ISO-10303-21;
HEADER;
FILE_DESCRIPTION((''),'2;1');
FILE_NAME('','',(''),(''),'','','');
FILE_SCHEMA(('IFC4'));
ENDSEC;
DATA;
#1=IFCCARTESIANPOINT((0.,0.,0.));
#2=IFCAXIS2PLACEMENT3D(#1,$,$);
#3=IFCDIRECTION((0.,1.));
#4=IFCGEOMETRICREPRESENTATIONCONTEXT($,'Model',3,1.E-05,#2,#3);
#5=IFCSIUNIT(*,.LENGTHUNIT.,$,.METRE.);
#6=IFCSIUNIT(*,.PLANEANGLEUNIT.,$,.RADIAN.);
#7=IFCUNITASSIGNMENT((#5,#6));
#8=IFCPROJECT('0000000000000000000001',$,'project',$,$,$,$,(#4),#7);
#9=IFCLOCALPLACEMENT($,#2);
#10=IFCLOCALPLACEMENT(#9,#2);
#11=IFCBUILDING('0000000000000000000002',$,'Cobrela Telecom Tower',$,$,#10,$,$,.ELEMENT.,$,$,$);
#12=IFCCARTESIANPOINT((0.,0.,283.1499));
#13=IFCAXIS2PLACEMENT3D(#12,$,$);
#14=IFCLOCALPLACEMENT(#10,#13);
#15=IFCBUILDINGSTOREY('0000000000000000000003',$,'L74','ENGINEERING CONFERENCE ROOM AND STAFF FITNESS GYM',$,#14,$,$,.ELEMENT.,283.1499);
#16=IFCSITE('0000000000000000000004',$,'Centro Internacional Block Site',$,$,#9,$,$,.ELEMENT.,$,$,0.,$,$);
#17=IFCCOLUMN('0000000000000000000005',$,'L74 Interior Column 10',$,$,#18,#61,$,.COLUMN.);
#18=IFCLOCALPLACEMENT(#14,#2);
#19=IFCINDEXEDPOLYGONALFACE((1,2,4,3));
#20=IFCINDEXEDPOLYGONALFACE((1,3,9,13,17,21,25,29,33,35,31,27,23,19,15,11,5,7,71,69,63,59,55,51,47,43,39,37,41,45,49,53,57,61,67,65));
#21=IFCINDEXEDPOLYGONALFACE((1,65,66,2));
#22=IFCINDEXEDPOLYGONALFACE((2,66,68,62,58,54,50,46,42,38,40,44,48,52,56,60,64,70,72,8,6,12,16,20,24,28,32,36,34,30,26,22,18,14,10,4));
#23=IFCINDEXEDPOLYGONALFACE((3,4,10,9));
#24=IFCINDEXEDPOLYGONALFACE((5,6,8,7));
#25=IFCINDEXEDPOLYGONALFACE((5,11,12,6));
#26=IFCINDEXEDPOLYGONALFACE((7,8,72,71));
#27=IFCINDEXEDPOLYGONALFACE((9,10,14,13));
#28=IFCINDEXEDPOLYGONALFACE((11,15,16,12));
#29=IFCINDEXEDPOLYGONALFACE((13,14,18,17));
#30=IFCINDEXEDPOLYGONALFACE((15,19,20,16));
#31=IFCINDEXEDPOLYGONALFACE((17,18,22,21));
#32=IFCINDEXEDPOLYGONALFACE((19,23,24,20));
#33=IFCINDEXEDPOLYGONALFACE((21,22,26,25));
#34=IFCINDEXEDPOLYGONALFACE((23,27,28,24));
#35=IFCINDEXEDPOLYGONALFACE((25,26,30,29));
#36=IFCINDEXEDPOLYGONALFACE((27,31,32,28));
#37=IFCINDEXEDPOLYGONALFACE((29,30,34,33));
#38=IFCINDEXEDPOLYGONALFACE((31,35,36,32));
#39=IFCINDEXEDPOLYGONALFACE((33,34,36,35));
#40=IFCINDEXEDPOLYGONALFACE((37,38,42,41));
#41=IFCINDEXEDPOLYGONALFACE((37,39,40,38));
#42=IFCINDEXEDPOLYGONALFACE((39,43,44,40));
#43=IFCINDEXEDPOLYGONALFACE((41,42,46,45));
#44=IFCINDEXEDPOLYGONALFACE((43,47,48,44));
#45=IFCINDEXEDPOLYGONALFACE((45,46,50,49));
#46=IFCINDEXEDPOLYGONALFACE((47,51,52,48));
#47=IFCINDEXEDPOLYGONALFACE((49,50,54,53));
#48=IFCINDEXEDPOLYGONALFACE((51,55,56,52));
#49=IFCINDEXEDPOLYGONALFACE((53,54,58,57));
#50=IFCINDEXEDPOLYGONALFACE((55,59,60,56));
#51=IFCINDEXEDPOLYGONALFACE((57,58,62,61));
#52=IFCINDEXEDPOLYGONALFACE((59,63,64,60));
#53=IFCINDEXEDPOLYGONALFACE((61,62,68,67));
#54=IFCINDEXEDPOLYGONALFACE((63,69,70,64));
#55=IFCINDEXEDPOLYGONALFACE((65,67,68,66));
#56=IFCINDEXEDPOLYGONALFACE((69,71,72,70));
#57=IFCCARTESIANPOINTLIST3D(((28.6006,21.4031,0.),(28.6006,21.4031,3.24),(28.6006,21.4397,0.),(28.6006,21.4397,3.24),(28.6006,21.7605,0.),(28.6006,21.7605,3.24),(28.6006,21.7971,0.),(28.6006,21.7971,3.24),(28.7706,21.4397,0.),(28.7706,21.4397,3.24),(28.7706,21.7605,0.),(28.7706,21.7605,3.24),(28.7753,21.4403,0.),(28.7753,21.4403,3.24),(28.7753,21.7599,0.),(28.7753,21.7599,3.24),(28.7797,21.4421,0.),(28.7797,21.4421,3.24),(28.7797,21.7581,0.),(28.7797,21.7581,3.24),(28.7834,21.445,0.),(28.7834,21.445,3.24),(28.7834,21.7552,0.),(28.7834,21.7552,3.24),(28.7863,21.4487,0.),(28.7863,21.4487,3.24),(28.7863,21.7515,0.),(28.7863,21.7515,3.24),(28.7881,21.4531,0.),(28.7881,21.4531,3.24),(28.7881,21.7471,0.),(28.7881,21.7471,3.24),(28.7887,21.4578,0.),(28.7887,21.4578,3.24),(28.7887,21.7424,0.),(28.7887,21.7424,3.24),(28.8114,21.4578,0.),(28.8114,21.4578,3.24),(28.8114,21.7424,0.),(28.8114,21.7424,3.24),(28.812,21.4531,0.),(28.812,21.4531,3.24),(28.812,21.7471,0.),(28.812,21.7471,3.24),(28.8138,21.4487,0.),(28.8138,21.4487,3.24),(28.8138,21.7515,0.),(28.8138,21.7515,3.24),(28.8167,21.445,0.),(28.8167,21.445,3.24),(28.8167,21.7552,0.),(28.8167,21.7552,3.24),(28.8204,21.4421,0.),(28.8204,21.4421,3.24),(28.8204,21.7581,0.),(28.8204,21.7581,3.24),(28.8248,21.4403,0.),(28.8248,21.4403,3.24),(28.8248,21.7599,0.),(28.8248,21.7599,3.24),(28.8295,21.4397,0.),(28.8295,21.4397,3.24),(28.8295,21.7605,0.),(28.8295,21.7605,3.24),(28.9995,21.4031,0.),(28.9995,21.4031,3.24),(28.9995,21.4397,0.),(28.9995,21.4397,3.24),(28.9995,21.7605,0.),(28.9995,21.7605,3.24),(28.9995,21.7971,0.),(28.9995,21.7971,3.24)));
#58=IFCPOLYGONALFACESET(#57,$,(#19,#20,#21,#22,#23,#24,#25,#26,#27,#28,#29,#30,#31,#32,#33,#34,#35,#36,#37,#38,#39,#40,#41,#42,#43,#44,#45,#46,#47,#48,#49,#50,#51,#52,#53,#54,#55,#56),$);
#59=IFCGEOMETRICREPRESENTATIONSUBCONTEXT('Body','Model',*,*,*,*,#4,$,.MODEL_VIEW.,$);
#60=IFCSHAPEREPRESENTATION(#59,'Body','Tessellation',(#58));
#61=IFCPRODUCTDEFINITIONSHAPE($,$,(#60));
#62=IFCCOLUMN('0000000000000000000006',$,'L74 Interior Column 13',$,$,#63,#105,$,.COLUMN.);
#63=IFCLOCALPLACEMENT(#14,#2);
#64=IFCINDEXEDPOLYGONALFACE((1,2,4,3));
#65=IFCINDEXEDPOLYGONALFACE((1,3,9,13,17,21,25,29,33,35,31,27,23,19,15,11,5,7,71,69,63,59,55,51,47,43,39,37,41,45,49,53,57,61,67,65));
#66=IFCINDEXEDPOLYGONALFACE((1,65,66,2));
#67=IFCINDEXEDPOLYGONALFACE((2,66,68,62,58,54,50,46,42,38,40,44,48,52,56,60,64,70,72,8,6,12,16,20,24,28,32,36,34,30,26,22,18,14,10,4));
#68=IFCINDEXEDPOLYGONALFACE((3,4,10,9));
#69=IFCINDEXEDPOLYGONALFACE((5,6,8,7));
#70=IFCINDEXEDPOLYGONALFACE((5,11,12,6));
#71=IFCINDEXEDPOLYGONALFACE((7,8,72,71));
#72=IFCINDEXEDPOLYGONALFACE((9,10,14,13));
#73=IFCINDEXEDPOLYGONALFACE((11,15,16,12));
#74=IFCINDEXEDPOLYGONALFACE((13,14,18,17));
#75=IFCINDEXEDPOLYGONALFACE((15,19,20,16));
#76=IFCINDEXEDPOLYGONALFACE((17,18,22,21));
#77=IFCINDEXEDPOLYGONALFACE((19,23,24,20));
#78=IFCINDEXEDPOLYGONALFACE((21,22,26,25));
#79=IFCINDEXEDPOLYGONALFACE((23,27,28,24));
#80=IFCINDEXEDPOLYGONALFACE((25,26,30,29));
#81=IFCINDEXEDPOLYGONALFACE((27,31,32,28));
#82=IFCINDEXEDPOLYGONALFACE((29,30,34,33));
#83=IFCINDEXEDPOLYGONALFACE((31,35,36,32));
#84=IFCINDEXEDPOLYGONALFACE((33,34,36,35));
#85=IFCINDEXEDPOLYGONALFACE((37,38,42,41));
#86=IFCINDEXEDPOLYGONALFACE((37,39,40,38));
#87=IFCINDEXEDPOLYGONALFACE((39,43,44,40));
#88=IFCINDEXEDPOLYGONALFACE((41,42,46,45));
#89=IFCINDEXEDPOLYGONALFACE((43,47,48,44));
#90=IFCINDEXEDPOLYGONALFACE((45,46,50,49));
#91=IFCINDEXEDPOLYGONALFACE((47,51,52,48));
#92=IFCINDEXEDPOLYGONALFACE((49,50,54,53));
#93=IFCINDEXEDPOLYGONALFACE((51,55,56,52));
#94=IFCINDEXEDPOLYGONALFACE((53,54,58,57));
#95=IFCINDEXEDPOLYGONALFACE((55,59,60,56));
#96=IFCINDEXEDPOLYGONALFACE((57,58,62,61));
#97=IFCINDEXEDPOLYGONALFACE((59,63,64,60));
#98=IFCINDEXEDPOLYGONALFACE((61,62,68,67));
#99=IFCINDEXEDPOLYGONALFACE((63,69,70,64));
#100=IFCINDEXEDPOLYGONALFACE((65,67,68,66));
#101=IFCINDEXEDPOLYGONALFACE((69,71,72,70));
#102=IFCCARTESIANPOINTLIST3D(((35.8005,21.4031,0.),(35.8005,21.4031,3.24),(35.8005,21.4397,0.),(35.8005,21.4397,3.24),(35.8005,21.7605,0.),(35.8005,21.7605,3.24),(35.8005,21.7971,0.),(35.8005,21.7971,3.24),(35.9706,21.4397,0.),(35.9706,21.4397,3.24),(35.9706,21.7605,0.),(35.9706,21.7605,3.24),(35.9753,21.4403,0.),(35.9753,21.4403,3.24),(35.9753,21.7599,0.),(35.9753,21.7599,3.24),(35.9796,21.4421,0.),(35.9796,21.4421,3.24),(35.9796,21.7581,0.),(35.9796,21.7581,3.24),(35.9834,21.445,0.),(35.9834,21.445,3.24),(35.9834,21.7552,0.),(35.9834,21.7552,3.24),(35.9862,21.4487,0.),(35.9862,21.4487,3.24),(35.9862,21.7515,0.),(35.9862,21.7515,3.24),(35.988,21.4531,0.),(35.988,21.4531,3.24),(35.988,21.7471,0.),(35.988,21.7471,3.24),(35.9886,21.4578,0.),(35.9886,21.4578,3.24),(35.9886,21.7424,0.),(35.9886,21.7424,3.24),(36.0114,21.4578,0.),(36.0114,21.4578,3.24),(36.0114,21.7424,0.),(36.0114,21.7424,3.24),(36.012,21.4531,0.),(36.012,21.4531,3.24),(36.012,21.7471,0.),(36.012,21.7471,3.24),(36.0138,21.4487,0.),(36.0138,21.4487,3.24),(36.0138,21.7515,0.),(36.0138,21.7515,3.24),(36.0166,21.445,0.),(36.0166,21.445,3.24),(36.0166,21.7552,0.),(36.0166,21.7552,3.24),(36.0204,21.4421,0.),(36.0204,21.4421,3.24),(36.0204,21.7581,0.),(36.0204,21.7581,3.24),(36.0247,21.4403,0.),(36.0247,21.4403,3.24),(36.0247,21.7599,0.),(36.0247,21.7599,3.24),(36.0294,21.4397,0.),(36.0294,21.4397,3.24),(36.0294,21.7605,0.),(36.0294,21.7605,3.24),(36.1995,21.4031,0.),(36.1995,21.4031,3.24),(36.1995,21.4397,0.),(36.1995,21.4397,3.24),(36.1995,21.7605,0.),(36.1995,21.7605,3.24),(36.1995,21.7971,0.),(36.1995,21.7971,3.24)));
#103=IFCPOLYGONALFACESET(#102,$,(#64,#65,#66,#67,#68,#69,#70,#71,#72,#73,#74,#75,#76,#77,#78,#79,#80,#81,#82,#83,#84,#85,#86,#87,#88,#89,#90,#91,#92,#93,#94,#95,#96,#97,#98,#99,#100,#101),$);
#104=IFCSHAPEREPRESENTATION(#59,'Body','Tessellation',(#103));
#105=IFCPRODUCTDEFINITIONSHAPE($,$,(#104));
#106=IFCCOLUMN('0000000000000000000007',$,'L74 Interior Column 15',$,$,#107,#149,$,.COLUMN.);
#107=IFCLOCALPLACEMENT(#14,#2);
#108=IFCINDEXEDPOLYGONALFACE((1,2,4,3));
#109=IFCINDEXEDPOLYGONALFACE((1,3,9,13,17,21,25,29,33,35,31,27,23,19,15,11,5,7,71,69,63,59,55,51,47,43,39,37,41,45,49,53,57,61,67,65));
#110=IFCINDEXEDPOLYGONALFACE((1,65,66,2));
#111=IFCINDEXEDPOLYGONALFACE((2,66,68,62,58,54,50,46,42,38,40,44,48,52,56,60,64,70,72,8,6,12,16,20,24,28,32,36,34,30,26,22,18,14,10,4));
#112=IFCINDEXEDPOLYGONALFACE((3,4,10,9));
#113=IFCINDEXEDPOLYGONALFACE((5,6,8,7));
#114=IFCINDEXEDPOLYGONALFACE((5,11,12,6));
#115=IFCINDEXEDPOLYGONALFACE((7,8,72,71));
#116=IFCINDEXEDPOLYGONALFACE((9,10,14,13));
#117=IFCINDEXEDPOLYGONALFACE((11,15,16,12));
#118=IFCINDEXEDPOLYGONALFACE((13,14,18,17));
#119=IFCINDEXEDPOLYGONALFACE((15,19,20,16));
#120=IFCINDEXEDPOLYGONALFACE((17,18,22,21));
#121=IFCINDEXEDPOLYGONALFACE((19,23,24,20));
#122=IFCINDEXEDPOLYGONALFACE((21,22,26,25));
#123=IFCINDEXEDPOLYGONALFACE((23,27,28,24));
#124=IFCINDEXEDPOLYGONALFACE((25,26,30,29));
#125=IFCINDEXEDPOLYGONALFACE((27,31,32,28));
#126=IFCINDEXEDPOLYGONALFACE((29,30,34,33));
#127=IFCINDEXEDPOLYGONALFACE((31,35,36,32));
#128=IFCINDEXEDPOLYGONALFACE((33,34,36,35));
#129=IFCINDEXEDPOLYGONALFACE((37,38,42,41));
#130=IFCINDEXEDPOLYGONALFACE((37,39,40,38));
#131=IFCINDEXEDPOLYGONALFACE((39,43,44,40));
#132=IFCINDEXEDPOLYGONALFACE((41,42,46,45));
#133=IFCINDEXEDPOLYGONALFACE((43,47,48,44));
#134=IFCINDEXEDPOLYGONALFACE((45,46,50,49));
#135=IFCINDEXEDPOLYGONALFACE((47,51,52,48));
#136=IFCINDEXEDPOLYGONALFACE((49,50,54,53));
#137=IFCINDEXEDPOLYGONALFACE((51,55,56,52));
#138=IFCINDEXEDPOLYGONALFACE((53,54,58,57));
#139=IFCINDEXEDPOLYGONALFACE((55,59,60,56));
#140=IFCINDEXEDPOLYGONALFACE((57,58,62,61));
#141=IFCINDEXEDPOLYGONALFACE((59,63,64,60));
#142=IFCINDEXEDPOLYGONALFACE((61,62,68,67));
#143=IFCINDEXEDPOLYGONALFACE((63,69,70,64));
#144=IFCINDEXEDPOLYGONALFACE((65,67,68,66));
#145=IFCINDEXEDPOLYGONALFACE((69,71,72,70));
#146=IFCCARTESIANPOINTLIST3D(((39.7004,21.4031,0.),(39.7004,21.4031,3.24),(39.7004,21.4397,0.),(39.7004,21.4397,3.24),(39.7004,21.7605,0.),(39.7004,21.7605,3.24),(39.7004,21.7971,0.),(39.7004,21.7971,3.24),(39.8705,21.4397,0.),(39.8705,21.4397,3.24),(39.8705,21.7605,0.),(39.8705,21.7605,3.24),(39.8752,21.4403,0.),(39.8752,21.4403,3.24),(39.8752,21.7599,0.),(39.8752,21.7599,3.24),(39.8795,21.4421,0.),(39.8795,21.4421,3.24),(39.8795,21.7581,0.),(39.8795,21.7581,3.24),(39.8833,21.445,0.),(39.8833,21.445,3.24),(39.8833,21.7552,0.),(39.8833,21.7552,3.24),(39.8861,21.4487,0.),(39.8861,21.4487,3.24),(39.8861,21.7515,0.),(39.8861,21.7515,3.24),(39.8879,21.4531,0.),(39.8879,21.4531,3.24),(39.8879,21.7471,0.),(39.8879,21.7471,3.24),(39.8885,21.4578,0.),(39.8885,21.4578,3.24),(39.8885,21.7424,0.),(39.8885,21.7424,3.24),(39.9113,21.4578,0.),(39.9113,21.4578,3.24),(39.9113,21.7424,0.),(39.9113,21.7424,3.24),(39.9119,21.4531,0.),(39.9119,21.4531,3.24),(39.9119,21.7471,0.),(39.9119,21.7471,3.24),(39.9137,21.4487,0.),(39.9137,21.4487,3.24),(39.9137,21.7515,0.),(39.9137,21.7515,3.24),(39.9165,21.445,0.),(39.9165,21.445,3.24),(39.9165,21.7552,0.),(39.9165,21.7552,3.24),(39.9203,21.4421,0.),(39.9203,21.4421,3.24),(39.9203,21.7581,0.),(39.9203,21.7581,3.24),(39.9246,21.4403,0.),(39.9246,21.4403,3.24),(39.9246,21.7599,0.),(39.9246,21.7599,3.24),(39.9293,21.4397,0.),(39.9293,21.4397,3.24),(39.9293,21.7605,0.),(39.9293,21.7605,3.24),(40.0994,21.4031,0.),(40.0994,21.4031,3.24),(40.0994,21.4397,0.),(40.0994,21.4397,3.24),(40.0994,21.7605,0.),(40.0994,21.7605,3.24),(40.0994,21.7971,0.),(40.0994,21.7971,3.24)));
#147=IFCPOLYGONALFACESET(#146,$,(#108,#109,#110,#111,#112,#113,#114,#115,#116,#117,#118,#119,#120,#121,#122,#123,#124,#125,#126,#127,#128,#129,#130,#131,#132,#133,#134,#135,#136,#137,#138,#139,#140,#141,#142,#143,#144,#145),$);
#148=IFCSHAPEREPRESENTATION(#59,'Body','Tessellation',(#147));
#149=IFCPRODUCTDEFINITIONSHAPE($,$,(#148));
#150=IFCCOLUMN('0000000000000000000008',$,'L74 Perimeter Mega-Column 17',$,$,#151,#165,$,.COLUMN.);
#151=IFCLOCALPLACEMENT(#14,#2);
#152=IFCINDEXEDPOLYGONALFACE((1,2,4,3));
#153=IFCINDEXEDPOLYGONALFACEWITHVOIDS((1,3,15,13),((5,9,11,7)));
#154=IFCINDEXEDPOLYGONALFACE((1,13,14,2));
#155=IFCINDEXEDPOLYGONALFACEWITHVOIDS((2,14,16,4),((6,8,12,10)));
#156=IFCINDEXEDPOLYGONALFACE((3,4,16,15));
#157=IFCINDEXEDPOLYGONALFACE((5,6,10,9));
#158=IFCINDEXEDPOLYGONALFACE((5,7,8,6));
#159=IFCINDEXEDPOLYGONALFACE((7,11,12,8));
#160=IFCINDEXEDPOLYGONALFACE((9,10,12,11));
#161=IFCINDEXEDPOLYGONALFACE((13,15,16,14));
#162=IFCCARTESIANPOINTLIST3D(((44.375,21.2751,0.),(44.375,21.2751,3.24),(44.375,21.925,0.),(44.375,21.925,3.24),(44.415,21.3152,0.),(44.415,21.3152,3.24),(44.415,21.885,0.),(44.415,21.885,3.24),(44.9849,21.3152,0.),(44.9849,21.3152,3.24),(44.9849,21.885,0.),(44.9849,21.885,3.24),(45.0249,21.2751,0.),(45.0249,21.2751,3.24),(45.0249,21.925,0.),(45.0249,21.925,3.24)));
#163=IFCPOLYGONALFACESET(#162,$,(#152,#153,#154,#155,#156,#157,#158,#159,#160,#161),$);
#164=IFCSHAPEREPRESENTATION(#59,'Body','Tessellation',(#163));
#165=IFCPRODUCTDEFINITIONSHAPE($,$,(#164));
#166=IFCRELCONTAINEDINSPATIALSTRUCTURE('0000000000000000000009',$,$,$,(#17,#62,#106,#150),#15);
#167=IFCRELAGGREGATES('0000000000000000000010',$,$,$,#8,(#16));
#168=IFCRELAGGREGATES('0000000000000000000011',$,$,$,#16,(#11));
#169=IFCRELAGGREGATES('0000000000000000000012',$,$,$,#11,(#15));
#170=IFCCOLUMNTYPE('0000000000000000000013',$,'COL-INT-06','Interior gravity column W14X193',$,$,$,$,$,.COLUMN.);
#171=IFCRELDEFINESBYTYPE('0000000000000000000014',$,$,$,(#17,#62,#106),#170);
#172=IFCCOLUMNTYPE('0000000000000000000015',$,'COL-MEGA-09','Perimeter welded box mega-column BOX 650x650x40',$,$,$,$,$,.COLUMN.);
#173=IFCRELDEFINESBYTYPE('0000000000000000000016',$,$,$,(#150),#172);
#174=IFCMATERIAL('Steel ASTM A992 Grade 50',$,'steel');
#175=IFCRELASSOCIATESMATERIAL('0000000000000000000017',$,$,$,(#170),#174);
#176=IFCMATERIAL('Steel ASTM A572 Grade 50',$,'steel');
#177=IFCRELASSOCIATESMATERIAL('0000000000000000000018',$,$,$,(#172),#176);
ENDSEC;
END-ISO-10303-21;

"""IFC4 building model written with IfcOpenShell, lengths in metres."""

from ifc_helpers import new_model, si_unit, direction, frame, origin, origin_2d, place, context, subcontext, project, spatial, hollow_rectangle, i_section, extrude, material, material_profile, profile_set, type_object, element, save


model = new_model("IFC4")

# Units and contexts
model_context = context("Model", 3, precision=1e-05, world=origin(), true_north=direction((0.0, 1.0)))
body_context = subcontext(model_context, "Body", "Model", "MODEL_VIEW")
ifc_project = project(units=[si_unit("LENGTHUNIT", "METRE"), si_unit("PLANEANGLEUNIT", "RADIAN")], contexts=[model_context])

# Site, building, storey
site_placement = place(None, origin())
site = spatial("IfcSite", under=ifc_project, at=site_placement, Name="Centro Internacional Block Site", CompositionType="ELEMENT", RefElevation=0.0)
building_placement = place(site_placement, origin())
building = spatial("IfcBuilding", under=site, at=building_placement, Name="Cobrela Telecom Tower", CompositionType="ELEMENT")
storey_placement = place(building_placement, frame((0.0, 0.0, 283.1499)))
storey = spatial("IfcBuildingStorey", under=building, at=storey_placement, Name="L74", Description="ENGINEERING CONFERENCE ROOM AND STAFF FITNESS GYM", CompositionType="ELEMENT", Elevation=283.1499)

# Columns
ifc_material_1 = material(Name="Steel ASTM A992 Grade 50", Category="steel")
ifc_material_profile_1 = material_profile(ifc_material_1, i_section(OverallWidth=0.3989, OverallDepth=0.394, WebThickness=0.0227, FlangeThickness=0.0366, FilletRadius=0.0181, at=origin_2d()), Name="W14X193")
ifc_profile_set_1 = profile_set([ifc_material_profile_1], Name="Steel ASTM A992 Grade 50")
column_type_1 = type_object("IfcColumnType", Name="COL-INT-06", Description="Interior gravity column W14X193", PredefinedType="COLUMN", material=ifc_profile_set_1)
for number, where, z_axis, x_axis, name in (
    (1, (28.8, 21.6001, 0.0), (0.0, 0.0, 1.0), (1.0, 0.0, 0.0), "L74 Interior Column 10"),
    (2, (36.0, 21.6001, 0.0), (0.0, 0.0, 1.0), (1.0, 0.0, 0.0), "L74 Interior Column 13"),
    (3, (39.8999, 21.6001, 0.0), (0.0, 0.0, 1.0), (1.0, 0.0, 0.0), "L74 Interior Column 15"),
):
    element("IfcColumn", number, at=place(storey_placement, frame(where, z_axis=z_axis, x_axis=x_axis)), inside=storey, type_object=column_type_1, Name=name, PredefinedType="COLUMN", context=body_context, shape_type="SweptSolid", body=[
        extrude(i_section(OverallWidth=0.3989, OverallDepth=0.394, WebThickness=0.0227, FlangeThickness=0.0366, FilletRadius=0.0181, at=origin_2d()), origin(), (0.0, 0.0, 1.0), 3.24),
    ])
ifc_material_2 = material(Name="Steel ASTM A572 Grade 50", Category="steel")
ifc_material_profile_2 = material_profile(ifc_material_2, hollow_rectangle(XDim=0.6499, YDim=0.6499, WallThickness=0.04, at=origin_2d()), Name="BOX 650x650x40")
ifc_profile_set_2 = profile_set([ifc_material_profile_2], Name="Steel ASTM A572 Grade 50")
column_type_2 = type_object("IfcColumnType", Name="COL-MEGA-09", Description="Perimeter welded box mega-column BOX 650x650x40", PredefinedType="COLUMN", material=ifc_profile_set_2)
column_placement = place(storey_placement, frame((44.7, 21.6001, 0.0), z_axis=(0.0, 0.0, 1.0), x_axis=(1.0, 0.0, 0.0)))
element("IfcColumn", 4, at=column_placement, inside=storey, type_object=column_type_2, Name="L74 Perimeter Mega-Column 17", PredefinedType="COLUMN", context=body_context, shape_type="SweptSolid", body=[
    extrude(hollow_rectangle(XDim=0.6499, YDim=0.6499, WallThickness=0.04, at=origin_2d()), origin(), (0.0, 0.0, 1.0), 3.24),
])

save(model, "model.ifc")
